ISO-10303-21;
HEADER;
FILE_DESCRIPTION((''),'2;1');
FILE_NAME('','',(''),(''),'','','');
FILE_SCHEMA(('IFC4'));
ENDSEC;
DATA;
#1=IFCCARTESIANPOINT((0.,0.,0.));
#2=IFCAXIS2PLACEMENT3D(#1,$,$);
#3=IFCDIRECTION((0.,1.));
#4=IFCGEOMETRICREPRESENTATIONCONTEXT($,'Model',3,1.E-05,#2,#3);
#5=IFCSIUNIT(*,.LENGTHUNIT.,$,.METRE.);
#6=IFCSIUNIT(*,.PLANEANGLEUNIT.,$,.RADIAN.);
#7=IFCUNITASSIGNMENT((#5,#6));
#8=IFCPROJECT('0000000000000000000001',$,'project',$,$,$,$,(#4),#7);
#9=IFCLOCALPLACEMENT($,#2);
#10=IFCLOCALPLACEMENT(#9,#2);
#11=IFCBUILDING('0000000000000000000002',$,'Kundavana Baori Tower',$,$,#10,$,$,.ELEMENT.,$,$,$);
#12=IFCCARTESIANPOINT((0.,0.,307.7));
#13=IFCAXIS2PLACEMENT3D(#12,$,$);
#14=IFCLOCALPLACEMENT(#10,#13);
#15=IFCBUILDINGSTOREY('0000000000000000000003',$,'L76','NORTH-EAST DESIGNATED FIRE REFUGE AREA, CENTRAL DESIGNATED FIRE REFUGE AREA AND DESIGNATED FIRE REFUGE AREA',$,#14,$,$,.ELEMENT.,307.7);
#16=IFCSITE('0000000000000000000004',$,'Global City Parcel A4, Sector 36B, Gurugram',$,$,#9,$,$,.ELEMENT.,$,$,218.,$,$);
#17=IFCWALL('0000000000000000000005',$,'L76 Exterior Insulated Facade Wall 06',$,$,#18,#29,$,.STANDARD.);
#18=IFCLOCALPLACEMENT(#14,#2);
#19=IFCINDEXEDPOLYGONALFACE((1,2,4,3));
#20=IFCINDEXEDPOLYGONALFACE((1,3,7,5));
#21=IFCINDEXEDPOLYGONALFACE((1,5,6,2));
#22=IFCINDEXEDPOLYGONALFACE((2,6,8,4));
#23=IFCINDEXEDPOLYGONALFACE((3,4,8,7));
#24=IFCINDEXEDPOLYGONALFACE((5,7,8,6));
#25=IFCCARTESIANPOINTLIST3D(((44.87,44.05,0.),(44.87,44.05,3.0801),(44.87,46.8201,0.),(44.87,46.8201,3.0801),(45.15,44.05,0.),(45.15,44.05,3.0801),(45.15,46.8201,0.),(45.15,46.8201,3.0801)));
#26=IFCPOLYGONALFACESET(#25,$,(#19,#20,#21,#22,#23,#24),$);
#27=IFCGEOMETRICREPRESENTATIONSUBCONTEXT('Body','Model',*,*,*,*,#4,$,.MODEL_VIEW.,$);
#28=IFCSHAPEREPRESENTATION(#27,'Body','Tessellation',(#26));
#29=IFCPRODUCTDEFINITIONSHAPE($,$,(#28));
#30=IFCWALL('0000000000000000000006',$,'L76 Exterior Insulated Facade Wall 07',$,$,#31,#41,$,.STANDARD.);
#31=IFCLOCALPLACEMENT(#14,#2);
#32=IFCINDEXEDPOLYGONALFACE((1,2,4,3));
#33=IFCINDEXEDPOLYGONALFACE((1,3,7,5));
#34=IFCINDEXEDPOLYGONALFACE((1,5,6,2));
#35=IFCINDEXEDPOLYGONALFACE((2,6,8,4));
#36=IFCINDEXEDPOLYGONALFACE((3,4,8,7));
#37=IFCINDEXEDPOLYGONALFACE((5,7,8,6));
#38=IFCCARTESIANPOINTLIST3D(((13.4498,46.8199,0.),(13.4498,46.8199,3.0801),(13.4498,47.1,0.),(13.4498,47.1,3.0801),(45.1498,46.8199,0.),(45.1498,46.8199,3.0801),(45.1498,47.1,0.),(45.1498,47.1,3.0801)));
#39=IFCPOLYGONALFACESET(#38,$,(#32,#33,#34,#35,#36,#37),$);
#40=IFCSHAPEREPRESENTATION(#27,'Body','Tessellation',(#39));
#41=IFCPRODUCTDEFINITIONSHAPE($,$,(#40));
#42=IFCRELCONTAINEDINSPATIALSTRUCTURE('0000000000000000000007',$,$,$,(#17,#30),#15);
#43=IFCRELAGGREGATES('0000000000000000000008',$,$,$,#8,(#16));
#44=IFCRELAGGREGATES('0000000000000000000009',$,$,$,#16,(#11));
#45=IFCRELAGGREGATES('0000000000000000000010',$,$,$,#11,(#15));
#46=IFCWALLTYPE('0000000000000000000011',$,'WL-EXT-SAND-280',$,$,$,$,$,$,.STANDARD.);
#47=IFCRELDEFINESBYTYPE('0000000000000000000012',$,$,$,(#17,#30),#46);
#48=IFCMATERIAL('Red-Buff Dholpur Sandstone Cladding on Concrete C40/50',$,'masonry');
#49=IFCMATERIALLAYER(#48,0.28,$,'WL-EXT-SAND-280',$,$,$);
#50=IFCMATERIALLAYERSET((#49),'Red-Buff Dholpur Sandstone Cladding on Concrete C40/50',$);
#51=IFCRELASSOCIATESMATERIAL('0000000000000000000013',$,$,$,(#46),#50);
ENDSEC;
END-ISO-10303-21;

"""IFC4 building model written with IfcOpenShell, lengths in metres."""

from ifc_helpers import new_model, si_unit, direction, frame, frame_2d, origin, place, context, subcontext, project, spatial, rectangle, extrude, material, layer, layer_set, type_object, element, save


model = new_model("IFC4")

# Units and contexts
model_context = context("Model", 3, precision=1e-05, world=origin(), true_north=direction((0.0, 1.0)))
body_context = subcontext(model_context, "Body", "Model", "MODEL_VIEW")
ifc_project = project(units=[si_unit("LENGTHUNIT", "METRE"), si_unit("PLANEANGLEUNIT", "RADIAN")], contexts=[model_context])

# Site, building, storey
site_placement = place(None, origin())
site = spatial("IfcSite", under=ifc_project, at=site_placement, Name="Global City Parcel A4, Sector 36B, Gurugram", CompositionType="ELEMENT", RefElevation=218.0)
building_placement = place(site_placement, origin())
building = spatial("IfcBuilding", under=site, at=building_placement, Name="Kundavana Baori Tower", CompositionType="ELEMENT")
storey_placement = place(building_placement, frame((0.0, 0.0, 307.7)))
storey = spatial("IfcBuildingStorey", under=building, at=storey_placement, Name="L76", Description="NORTH-EAST DESIGNATED FIRE REFUGE AREA, CENTRAL DESIGNATED FIRE REFUGE AREA AND DESIGNATED FIRE REFUGE AREA", CompositionType="ELEMENT", Elevation=307.7)

# Walls
ifc_material_1 = material(Name="Red-Buff Dholpur Sandstone Cladding on Concrete C40/50", Category="masonry")
ifc_layer_1 = layer(ifc_material_1, 0.28, Name="WL-EXT-SAND-280")
ifc_layer_set_1 = layer_set([ifc_layer_1], Name="Red-Buff Dholpur Sandstone Cladding on Concrete C40/50")
wall_type = type_object("IfcWallType", Name="WL-EXT-SAND-280", PredefinedType="STANDARD", material=ifc_layer_set_1)
wall_1_placement = place(storey_placement, frame((45.01, 44.05, 0.0), z_axis=(0.0, 0.0, 1.0), x_axis=(0.0, 1.0, 0.0)))
element("IfcWall", 1, at=wall_1_placement, inside=storey, type_object=wall_type, Name="L76 Exterior Insulated Facade Wall 06", PredefinedType="STANDARD", context=body_context, shape_type="SweptSolid", body=[
    extrude(rectangle(XDim=2.77, YDim=0.28, at=frame_2d((1.385, 0.0))), origin(), (0.0, 0.0, 1.0), 3.0801),
])
wall_2_placement = place(storey_placement, frame((45.1499, 46.96, 0.0), z_axis=(0.0, 0.0, 1.0), x_axis=(-1.0, 0.0, 0.0)))
element("IfcWall", 2, at=wall_2_placement, inside=storey, type_object=wall_type, Name="L76 Exterior Insulated Facade Wall 07", PredefinedType="STANDARD", context=body_context, shape_type="SweptSolid", body=[
    extrude(rectangle(XDim=31.7, YDim=0.28, at=frame_2d((15.8501, 0.0))), origin(), (0.0, 0.0, 1.0), 3.0801),
])

save(model, "model.ifc")
